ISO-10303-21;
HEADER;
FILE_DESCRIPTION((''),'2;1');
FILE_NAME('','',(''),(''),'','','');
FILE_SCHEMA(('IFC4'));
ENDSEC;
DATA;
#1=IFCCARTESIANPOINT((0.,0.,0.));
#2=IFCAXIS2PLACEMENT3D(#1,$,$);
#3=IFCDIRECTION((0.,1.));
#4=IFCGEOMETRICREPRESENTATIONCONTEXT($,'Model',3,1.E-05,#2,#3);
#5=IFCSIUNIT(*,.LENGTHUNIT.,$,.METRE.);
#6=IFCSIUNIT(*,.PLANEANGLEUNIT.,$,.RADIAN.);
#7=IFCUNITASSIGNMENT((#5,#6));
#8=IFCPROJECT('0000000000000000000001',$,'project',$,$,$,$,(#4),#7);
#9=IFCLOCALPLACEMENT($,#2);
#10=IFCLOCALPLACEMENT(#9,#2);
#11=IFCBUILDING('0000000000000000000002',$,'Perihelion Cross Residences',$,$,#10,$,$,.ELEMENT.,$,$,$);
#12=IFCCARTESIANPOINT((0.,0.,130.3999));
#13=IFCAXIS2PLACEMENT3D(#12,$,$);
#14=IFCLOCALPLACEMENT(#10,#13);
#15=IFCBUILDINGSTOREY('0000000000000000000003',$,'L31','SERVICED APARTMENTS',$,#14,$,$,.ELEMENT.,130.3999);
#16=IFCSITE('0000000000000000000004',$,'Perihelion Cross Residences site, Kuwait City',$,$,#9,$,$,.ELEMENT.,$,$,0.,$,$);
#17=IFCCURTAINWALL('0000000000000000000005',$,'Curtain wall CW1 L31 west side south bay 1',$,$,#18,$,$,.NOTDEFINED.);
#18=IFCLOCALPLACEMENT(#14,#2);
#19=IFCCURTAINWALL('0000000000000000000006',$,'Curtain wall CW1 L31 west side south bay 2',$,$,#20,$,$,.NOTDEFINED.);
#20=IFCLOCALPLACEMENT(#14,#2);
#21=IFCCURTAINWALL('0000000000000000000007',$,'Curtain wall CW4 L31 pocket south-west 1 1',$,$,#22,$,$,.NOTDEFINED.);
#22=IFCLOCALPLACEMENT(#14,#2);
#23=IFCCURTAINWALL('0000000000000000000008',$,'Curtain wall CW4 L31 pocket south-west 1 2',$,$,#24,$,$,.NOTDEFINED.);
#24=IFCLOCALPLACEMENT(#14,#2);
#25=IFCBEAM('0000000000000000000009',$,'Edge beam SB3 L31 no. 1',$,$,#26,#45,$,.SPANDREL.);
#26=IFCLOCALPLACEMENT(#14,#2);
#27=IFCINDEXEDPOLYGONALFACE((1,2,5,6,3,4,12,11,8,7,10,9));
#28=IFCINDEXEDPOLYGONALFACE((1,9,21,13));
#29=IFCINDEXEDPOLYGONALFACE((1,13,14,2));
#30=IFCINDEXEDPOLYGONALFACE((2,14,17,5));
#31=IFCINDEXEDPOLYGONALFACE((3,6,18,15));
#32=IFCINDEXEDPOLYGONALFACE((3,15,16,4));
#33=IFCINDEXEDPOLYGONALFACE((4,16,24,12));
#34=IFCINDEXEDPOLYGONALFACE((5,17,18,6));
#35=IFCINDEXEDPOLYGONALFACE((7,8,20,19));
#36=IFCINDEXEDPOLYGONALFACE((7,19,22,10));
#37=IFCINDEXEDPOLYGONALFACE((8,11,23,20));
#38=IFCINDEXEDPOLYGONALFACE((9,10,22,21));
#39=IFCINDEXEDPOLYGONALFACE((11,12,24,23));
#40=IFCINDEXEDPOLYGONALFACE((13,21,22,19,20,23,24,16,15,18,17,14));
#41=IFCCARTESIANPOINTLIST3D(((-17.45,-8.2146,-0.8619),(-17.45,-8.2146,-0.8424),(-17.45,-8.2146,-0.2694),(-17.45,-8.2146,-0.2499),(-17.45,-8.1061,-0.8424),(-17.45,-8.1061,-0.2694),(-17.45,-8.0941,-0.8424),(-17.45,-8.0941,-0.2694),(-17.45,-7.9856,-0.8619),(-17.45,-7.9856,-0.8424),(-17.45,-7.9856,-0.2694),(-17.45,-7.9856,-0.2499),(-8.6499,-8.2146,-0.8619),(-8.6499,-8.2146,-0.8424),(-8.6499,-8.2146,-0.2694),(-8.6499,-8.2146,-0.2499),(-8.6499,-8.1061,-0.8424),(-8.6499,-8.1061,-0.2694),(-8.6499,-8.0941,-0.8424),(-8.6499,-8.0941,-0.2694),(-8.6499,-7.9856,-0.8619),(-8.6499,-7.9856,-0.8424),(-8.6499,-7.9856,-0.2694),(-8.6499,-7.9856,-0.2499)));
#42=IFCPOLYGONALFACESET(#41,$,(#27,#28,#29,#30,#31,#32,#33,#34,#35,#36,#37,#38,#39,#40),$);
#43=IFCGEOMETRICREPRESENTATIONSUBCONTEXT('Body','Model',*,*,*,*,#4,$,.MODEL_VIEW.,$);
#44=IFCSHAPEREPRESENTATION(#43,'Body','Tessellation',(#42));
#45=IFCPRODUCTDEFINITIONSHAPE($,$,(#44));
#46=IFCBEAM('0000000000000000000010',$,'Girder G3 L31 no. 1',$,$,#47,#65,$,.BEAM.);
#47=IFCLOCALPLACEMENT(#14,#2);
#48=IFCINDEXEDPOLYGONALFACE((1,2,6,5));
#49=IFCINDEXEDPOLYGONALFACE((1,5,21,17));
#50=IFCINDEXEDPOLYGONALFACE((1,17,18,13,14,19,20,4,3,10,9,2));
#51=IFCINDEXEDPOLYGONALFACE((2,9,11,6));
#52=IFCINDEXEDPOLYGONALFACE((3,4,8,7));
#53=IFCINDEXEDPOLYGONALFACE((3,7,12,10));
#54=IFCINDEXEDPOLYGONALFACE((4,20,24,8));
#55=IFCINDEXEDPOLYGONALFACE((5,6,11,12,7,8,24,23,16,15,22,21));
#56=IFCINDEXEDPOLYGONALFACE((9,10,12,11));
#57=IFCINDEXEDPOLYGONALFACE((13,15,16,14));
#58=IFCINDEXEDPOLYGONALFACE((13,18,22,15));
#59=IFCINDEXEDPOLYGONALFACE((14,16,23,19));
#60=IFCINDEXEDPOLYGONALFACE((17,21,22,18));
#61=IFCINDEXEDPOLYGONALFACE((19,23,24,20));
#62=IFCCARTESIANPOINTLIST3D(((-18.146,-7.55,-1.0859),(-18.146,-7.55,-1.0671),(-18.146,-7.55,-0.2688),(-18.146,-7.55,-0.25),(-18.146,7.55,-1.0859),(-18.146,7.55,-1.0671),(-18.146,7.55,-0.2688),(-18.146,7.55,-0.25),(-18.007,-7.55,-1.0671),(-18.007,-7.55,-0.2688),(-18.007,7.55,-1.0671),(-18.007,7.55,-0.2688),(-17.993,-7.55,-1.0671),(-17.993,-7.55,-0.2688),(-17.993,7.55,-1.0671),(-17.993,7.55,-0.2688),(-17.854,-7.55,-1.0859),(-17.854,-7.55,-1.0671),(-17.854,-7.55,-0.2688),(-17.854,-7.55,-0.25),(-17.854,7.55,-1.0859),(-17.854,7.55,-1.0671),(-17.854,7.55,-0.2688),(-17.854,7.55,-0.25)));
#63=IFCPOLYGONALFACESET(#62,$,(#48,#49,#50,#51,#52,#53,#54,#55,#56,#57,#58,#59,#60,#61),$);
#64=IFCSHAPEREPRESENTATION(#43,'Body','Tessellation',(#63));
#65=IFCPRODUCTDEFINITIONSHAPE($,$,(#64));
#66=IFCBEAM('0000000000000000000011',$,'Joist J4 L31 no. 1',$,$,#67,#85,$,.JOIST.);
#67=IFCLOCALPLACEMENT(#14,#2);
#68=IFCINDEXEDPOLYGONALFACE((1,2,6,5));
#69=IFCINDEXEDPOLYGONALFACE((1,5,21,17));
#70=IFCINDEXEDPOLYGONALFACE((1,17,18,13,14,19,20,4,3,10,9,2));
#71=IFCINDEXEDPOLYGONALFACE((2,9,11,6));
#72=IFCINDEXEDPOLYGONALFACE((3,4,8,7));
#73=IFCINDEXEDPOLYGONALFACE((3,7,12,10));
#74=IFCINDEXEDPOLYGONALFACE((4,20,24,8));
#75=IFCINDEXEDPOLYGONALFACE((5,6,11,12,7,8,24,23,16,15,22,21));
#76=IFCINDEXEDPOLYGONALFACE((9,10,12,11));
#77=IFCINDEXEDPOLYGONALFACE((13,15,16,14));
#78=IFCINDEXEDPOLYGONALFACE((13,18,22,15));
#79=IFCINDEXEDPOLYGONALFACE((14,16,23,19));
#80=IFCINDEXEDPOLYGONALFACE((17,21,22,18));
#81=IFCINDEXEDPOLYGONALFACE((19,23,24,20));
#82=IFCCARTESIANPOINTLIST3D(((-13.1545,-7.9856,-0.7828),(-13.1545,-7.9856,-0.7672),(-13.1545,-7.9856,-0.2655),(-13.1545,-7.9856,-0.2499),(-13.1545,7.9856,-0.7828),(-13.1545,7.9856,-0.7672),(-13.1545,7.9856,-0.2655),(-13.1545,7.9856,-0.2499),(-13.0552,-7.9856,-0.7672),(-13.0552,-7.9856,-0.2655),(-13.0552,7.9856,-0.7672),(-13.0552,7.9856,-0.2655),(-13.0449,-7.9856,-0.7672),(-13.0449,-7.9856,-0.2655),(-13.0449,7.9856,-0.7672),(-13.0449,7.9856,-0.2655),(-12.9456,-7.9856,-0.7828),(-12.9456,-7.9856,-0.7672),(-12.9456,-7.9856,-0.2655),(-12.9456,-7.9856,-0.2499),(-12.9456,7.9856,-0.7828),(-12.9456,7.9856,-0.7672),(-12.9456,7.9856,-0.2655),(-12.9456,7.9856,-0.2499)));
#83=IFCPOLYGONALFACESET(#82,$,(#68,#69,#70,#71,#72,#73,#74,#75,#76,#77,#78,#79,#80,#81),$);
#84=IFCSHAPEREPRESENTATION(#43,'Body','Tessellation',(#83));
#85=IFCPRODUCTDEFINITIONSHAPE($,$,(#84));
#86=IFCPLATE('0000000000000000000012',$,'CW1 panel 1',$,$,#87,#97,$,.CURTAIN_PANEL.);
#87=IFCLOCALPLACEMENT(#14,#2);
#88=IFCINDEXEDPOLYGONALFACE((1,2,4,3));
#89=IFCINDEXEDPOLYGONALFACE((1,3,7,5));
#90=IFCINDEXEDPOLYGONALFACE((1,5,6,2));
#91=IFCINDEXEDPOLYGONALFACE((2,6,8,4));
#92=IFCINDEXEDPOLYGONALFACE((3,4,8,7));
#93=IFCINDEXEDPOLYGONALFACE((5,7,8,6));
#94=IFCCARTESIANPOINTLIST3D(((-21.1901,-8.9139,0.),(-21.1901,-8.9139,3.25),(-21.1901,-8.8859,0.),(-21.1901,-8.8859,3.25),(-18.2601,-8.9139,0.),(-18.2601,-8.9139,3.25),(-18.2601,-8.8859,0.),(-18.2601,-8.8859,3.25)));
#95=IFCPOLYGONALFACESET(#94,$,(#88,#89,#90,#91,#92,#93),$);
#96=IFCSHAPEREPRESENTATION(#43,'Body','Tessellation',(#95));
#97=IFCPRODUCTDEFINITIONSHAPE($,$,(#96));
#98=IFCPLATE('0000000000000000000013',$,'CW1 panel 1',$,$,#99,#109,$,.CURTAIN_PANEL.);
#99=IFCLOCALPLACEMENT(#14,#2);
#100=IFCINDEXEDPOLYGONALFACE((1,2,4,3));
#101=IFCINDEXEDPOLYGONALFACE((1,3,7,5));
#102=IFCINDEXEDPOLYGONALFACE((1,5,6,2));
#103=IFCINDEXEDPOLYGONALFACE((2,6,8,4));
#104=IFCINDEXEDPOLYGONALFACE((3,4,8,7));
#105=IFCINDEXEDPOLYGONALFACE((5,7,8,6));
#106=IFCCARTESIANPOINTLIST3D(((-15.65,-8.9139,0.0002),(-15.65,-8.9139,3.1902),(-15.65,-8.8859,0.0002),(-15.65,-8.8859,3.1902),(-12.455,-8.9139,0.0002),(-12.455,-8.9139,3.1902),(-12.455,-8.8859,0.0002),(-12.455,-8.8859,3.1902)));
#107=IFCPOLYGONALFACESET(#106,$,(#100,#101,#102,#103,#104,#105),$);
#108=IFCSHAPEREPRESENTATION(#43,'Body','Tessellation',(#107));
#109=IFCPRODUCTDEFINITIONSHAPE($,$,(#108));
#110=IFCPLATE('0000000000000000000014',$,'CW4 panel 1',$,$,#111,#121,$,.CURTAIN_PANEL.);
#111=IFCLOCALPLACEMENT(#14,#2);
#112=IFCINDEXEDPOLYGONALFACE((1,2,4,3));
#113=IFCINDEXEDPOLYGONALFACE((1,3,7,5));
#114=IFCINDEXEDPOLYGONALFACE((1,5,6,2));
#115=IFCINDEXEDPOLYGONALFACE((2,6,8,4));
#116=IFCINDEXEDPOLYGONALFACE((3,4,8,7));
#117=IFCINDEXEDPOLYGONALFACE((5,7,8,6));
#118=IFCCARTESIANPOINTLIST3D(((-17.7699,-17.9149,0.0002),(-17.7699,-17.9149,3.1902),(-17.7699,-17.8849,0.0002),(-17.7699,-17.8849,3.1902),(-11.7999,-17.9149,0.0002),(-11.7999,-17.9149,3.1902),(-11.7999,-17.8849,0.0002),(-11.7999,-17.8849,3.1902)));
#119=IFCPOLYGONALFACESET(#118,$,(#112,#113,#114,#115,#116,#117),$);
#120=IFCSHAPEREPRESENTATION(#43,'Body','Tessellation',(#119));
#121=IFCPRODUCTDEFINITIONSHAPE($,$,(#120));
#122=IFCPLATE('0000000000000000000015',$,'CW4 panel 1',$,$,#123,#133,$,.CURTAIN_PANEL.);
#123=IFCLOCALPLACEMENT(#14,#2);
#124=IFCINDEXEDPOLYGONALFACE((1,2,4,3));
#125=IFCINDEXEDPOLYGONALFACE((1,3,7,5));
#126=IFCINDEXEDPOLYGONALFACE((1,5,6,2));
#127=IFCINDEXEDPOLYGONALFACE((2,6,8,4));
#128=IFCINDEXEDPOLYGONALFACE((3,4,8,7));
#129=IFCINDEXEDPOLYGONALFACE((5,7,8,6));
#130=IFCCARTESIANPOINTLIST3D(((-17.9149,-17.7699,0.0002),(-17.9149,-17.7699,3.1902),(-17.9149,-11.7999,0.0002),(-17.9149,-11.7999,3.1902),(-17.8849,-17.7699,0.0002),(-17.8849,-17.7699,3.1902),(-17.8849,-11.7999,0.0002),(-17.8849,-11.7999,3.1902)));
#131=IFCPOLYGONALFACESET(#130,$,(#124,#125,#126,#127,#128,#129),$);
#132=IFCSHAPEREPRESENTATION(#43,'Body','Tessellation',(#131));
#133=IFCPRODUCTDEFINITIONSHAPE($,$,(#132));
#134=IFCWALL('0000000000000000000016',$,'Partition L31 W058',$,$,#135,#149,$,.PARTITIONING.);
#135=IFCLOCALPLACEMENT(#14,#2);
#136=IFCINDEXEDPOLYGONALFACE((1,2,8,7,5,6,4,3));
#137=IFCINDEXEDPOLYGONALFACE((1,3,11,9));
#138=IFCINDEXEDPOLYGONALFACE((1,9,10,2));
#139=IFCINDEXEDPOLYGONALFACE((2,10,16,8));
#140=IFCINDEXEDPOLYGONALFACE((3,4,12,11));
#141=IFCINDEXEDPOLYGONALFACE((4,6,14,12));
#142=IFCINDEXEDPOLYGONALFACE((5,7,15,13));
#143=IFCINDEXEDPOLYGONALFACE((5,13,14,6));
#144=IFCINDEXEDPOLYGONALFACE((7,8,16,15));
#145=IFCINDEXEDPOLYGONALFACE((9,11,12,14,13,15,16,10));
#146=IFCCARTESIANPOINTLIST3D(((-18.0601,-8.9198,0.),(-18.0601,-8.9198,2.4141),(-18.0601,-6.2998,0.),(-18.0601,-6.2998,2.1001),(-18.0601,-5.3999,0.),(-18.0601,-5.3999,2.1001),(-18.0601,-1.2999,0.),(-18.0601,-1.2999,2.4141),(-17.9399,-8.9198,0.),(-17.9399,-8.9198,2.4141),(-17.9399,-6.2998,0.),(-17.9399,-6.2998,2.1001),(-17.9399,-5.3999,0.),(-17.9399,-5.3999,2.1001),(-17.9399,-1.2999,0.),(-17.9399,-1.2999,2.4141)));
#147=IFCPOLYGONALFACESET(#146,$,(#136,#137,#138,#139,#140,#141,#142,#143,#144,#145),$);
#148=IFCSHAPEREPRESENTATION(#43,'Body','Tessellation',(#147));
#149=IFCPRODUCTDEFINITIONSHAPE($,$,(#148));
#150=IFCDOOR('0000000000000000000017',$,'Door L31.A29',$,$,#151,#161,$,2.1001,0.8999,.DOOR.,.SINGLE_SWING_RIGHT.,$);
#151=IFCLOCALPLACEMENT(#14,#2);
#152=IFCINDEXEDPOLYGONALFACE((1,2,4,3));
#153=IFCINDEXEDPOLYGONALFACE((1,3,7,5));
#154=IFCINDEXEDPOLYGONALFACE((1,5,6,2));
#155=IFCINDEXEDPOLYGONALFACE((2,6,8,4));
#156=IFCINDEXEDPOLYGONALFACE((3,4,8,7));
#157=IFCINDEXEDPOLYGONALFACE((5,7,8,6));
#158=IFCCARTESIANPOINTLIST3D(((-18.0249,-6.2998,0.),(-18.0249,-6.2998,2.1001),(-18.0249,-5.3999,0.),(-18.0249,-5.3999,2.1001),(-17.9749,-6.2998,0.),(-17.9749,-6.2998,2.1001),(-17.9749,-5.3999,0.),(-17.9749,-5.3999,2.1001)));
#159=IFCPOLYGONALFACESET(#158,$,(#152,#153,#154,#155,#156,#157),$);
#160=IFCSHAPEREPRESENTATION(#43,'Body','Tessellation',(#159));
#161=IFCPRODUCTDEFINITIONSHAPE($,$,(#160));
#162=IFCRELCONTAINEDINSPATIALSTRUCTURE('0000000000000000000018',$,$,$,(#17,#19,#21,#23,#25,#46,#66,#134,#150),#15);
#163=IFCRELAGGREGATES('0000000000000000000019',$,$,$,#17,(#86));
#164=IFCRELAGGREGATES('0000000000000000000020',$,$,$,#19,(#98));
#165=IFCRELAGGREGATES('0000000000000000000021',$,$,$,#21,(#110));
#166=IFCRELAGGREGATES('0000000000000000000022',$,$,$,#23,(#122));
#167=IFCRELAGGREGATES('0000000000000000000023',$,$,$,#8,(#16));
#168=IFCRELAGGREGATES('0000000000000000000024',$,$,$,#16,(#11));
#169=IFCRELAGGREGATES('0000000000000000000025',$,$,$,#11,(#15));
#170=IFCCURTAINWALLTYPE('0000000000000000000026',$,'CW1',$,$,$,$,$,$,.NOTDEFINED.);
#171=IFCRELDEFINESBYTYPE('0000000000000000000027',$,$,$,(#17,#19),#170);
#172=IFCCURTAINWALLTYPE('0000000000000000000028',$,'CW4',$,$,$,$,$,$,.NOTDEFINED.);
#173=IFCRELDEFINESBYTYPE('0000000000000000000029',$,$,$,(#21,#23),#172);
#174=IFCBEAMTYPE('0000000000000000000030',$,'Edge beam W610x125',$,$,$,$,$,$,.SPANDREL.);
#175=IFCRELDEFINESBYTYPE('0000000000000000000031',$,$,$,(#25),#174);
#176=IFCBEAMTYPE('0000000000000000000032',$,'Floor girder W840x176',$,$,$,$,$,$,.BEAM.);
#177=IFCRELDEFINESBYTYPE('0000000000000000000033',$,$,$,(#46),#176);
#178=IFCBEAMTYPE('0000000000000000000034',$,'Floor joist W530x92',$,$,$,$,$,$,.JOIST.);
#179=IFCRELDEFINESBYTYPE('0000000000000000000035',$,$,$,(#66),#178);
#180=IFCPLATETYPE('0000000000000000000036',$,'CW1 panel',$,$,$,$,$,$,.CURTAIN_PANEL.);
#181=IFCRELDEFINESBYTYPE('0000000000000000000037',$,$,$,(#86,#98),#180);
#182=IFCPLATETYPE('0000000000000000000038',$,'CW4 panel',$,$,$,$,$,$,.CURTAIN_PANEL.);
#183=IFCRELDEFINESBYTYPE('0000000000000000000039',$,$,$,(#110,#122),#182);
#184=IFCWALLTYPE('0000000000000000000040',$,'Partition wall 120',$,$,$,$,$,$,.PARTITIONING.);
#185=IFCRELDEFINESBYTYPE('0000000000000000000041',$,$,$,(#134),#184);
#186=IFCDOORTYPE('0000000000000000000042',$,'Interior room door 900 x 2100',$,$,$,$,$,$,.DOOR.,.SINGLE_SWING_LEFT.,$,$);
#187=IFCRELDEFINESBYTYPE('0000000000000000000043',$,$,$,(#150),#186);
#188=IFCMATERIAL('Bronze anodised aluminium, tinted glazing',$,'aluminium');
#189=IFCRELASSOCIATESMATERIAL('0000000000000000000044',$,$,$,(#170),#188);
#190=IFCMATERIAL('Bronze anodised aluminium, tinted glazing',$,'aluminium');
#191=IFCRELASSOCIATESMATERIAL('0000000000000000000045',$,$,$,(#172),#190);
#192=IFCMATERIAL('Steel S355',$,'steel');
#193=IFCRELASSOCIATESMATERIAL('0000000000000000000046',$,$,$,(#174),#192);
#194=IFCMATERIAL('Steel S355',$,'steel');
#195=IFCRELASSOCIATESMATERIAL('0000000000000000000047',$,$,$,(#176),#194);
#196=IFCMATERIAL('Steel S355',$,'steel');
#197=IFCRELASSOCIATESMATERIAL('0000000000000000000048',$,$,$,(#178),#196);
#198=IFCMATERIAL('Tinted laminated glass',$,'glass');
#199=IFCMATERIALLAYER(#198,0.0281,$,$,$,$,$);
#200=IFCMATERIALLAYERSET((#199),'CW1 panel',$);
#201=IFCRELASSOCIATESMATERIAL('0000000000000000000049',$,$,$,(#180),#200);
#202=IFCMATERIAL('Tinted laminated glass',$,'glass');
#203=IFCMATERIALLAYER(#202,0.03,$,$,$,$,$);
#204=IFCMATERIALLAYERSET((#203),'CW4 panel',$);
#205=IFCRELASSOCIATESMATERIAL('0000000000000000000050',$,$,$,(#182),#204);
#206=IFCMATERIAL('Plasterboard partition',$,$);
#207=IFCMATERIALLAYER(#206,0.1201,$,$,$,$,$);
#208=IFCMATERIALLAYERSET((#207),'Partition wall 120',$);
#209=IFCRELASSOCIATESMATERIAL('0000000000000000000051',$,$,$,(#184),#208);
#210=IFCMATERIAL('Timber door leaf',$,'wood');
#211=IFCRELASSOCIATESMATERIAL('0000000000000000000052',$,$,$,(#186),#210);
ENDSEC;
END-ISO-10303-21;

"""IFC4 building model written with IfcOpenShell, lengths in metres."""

from ifc_helpers import new_model, si_unit, direction, frame, frame_2d, origin, origin_2d, place, context, subcontext, project, spatial, rectangle, i_section, extrude, material, layer, layer_set, material_profile, profile_set, type_object, element, fill, aggregate, save


model = new_model("IFC4")

# Units and contexts
model_context = context("Model", 3, precision=1e-05, world=origin(), true_north=direction((0.0, 1.0)))
body_context = subcontext(model_context, "Body", "Model", "MODEL_VIEW")
ifc_project = project(units=[si_unit("LENGTHUNIT", "METRE"), si_unit("PLANEANGLEUNIT", "RADIAN")], contexts=[model_context])

# Site, building, storey
site_placement = place(None, origin())
site = spatial("IfcSite", under=ifc_project, at=site_placement, Name="Perihelion Cross Residences site, Kuwait City", CompositionType="ELEMENT", RefElevation=0.0)
building_placement = place(site_placement, origin())
building = spatial("IfcBuilding", under=site, at=building_placement, Name="Perihelion Cross Residences", CompositionType="ELEMENT")
storey_placement = place(building_placement, frame((0.0, 0.0, 130.3999)))
storey = spatial("IfcBuildingStorey", under=building, at=storey_placement, Name="L31", Description="SERVICED APARTMENTS", CompositionType="ELEMENT", Elevation=130.3999)

# Curtain wall
ifc_material_1 = material(Name="Bronze anodised aluminium, tinted glazing", Category="aluminium")
curtain_wall_type_1 = type_object("IfcCurtainWallType", Name="CW1", PredefinedType="NOTDEFINED", material=ifc_material_1)
curtain_wall_1_placement = place(storey_placement, origin())
curtain_wall_1 = element("IfcCurtainWall", 1, at=curtain_wall_1_placement, inside=storey, type_object=curtain_wall_type_1, Name="Curtain wall CW1 L31 west side south bay 1", PredefinedType="NOTDEFINED")

# Curtain walls
curtain_wall_2_placement = place(storey_placement, origin())
curtain_wall_2 = element("IfcCurtainWall", 2, at=curtain_wall_2_placement, inside=storey, type_object=curtain_wall_type_1, Name="Curtain wall CW1 L31 west side south bay 2", PredefinedType="NOTDEFINED")
ifc_material_2 = material(Name="Bronze anodised aluminium, tinted glazing", Category="aluminium")
curtain_wall_type_2 = type_object("IfcCurtainWallType", Name="CW4", PredefinedType="NOTDEFINED", material=ifc_material_2)
curtain_wall_3_placement = place(storey_placement, origin())
curtain_wall_3 = element("IfcCurtainWall", 3, at=curtain_wall_3_placement, inside=storey, type_object=curtain_wall_type_2, Name="Curtain wall CW4 L31 pocket south-west 1 1", PredefinedType="NOTDEFINED")
curtain_wall_4_placement = place(storey_placement, origin())
curtain_wall_4 = element("IfcCurtainWall", 4, at=curtain_wall_4_placement, inside=storey, type_object=curtain_wall_type_2, Name="Curtain wall CW4 L31 pocket south-west 1 2", PredefinedType="NOTDEFINED")

# Beams
ifc_material_3 = material(Name="Steel S355", Category="steel")
ifc_material_profile_1 = material_profile(ifc_material_3, i_section(OverallWidth=0.229, OverallDepth=0.6121, WebThickness=0.012, FlangeThickness=0.0195, at=origin_2d()), Name="W610x125")
ifc_profile_set_1 = profile_set([ifc_material_profile_1], Name="Steel S355")
beam_type_1 = type_object("IfcBeamType", Name="Edge beam W610x125", PredefinedType="SPANDREL", material=ifc_profile_set_1)
beam_1_placement = place(storey_placement, frame((-17.45, -8.1001, -0.5559), z_axis=(1.0, 0.0, 0.0), x_axis=(0.0, 1.0, 0.0)))
element("IfcBeam", 5, at=beam_1_placement, inside=storey, type_object=beam_type_1, Name="Edge beam SB3 L31 no. 1", PredefinedType="SPANDREL", context=body_context, shape_type="SweptSolid", body=[
    extrude(i_section(OverallWidth=0.229, OverallDepth=0.6121, WebThickness=0.012, FlangeThickness=0.0195, at=origin_2d()), origin(), (0.0, 0.0, 1.0), 8.8),
])
ifc_material_4 = material(Name="Steel S355", Category="steel")
ifc_material_profile_2 = material_profile(ifc_material_4, i_section(OverallWidth=0.292, OverallDepth=0.8359, WebThickness=0.0139, FlangeThickness=0.0188, at=origin_2d()), Name="W840x176")
ifc_profile_set_2 = profile_set([ifc_material_profile_2], Name="Steel S355")
beam_type_2 = type_object("IfcBeamType", Name="Floor girder W840x176", PredefinedType="BEAM", material=ifc_profile_set_2)
beam_2_placement = place(storey_placement, frame((-18.0, -7.55, -0.668), z_axis=(0.0, 1.0, 0.0), x_axis=(-1.0, 0.0, 0.0)))
element("IfcBeam", 6, at=beam_2_placement, inside=storey, type_object=beam_type_2, Name="Girder G3 L31 no. 1", PredefinedType="BEAM", context=body_context, shape_type="SweptSolid", body=[
    extrude(i_section(OverallWidth=0.292, OverallDepth=0.8359, WebThickness=0.0139, FlangeThickness=0.0188, at=origin_2d()), origin(), (0.0, 0.0, 1.0), 15.1001),
])
ifc_material_5 = material(Name="Steel S355", Category="steel")
ifc_material_profile_3 = material_profile(ifc_material_5, i_section(OverallWidth=0.209, OverallDepth=0.533, WebThickness=0.0103, FlangeThickness=0.0156, at=origin_2d()), Name="W530x92")
ifc_profile_set_3 = profile_set([ifc_material_profile_3], Name="Steel S355")
beam_type_3 = type_object("IfcBeamType", Name="Floor joist W530x92", PredefinedType="JOIST", material=ifc_profile_set_3)
beam_3_placement = place(storey_placement, frame((-13.05, -7.9856, -0.5164), z_axis=(0.0, 1.0, 0.0), x_axis=(-1.0, 0.0, 0.0)))
element("IfcBeam", 7, at=beam_3_placement, inside=storey, type_object=beam_type_3, Name="Joist J4 L31 no. 1", PredefinedType="JOIST", context=body_context, shape_type="SweptSolid", body=[
    extrude(i_section(OverallWidth=0.209, OverallDepth=0.533, WebThickness=0.0103, FlangeThickness=0.0156, at=origin_2d()), origin(), (0.0, 0.0, 1.0), 15.9712),
])

# Plates
ifc_material_6 = material(Name="Tinted laminated glass", Category="glass")
ifc_layer_1 = layer(ifc_material_6, 0.0281)
ifc_layer_set_1 = layer_set([ifc_layer_1], Name="CW1 panel")
plate_type_1 = type_object("IfcPlateType", Name="CW1 panel", PredefinedType="CURTAIN_PANEL", material=ifc_layer_set_1)
plate_1_placement = place(storey_placement, frame((-19.7251, -8.8999, 0.0), z_axis=(0.0, 0.0, 1.0), x_axis=(1.0, 0.0, 0.0)))
plate_1 = element("IfcPlate", 8, at=plate_1_placement, type_object=plate_type_1, Name="CW1 panel 1", PredefinedType="CURTAIN_PANEL", context=body_context, shape_type="SweptSolid", body=[
    extrude(rectangle(XDim=2.9299, YDim=0.0281, at=origin_2d()), origin(), (0.0, 0.0, 1.0), 3.25),
])
aggregate(curtain_wall_1, [plate_1])
plate_2_placement = place(storey_placement, frame((-14.0525, -8.8999, 0.0002), z_axis=(0.0, 0.0, 1.0), x_axis=(1.0, 0.0, 0.0)))
plate_2 = element("IfcPlate", 9, at=plate_2_placement, type_object=plate_type_1, Name="CW1 panel 1", PredefinedType="CURTAIN_PANEL", context=body_context, shape_type="SweptSolid", body=[
    extrude(rectangle(XDim=3.1951, YDim=0.0281, at=origin_2d()), origin(), (0.0, 0.0, 1.0), 3.1899),
])
aggregate(curtain_wall_2, [plate_2])
ifc_material_7 = material(Name="Tinted laminated glass", Category="glass")
ifc_layer_2 = layer(ifc_material_7, 0.03)
ifc_layer_set_2 = layer_set([ifc_layer_2], Name="CW4 panel")
plate_type_2 = type_object("IfcPlateType", Name="CW4 panel", PredefinedType="CURTAIN_PANEL", material=ifc_layer_set_2)
plate_3_placement = place(storey_placement, frame((-14.7849, -17.8999, 0.0002), z_axis=(0.0, 0.0, 1.0), x_axis=(-1.0, 0.0, 0.0)))
plate_3 = element("IfcPlate", 10, at=plate_3_placement, type_object=plate_type_2, Name="CW4 panel 1", PredefinedType="CURTAIN_PANEL", context=body_context, shape_type="SweptSolid", body=[
    extrude(rectangle(XDim=5.97, YDim=0.03, at=origin_2d()), origin(), (0.0, 0.0, 1.0), 3.1899),
])
aggregate(curtain_wall_3, [plate_3])
plate_4_placement = place(storey_placement, frame((-17.8999, -14.7849, 0.0002), z_axis=(0.0, 0.0, 1.0), x_axis=(0.0, 1.0, 0.0)))
plate_4 = element("IfcPlate", 11, at=plate_4_placement, type_object=plate_type_2, Name="CW4 panel 1", PredefinedType="CURTAIN_PANEL", context=body_context, shape_type="SweptSolid", body=[
    extrude(rectangle(XDim=5.97, YDim=0.03, at=origin_2d()), origin(), (0.0, 0.0, 1.0), 3.1899),
])
aggregate(curtain_wall_4, [plate_4])

# Wall, opening, door
ifc_material_8 = material(Name="Plasterboard partition")
ifc_layer_3 = layer(ifc_material_8, 0.1201)
ifc_layer_set_3 = layer_set([ifc_layer_3], Name="Partition wall 120")
wall_type_1 = type_object("IfcWallType", Name="Partition wall 120", PredefinedType="PARTITIONING", material=ifc_layer_set_3)
wall_1_placement = place(storey_placement, frame((-18.0, -8.9199, 0.0), z_axis=(0.0, 0.0, 1.0), x_axis=(0.0, 1.0, 0.0)))
wall_1 = element("IfcWall", 12, at=wall_1_placement, inside=storey, type_object=wall_type_1, Name="Partition L31 W058", PredefinedType="PARTITIONING", context=body_context, shape_type="SweptSolid", body=[
    extrude(rectangle(XDim=7.6199, YDim=0.1201, at=frame_2d((3.8101, 0.0))), origin(), (0.0, 0.0, 1.0), 2.4141),
])
opening_1_placement = place(wall_1_placement, frame((2.6201, 0.0, 0.0)))
opening_1 = element("IfcOpeningElement", 13, at=opening_1_placement, cuts=wall_1, PredefinedType="OPENING", context=body_context, shape_type="SweptSolid", body=[
    extrude(rectangle(XDim=0.8999, YDim=2.1001, at=frame_2d((0.45, 1.05))), frame((0.0, 0.0701, 0.0), z_axis=(0.0, -1.0, 0.0), x_axis=(1.0, 0.0, 0.0)), (0.0, 0.0, 1.0), 0.1401),
])
ifc_material_9 = material(Name="Timber door leaf", Category="wood")
door_type_1 = type_object("IfcDoorType", Name="Interior room door 900 x 2100", OperationType="SINGLE_SWING_LEFT", PredefinedType="DOOR", material=ifc_material_9)
door_1_placement = place(opening_1_placement, origin())
door_1 = element("IfcDoor", 14, at=door_1_placement, inside=storey, type_object=door_type_1, Name="Door L31.A29", OperationType="SINGLE_SWING_RIGHT", OverallHeight=2.1001, OverallWidth=0.8999, PredefinedType="DOOR", context=body_context, shape_type="SweptSolid", body=[
    extrude(rectangle(XDim=0.8999, YDim=2.1001, at=frame_2d((0.45, 1.05))), frame((0.0, 0.0249, 0.0), z_axis=(0.0, -1.0, 0.0), x_axis=(1.0, 0.0, 0.0)), (0.0, 0.0, 1.0), 0.05),
])
fill(opening_1, door_1)

save(model, "model.ifc")
